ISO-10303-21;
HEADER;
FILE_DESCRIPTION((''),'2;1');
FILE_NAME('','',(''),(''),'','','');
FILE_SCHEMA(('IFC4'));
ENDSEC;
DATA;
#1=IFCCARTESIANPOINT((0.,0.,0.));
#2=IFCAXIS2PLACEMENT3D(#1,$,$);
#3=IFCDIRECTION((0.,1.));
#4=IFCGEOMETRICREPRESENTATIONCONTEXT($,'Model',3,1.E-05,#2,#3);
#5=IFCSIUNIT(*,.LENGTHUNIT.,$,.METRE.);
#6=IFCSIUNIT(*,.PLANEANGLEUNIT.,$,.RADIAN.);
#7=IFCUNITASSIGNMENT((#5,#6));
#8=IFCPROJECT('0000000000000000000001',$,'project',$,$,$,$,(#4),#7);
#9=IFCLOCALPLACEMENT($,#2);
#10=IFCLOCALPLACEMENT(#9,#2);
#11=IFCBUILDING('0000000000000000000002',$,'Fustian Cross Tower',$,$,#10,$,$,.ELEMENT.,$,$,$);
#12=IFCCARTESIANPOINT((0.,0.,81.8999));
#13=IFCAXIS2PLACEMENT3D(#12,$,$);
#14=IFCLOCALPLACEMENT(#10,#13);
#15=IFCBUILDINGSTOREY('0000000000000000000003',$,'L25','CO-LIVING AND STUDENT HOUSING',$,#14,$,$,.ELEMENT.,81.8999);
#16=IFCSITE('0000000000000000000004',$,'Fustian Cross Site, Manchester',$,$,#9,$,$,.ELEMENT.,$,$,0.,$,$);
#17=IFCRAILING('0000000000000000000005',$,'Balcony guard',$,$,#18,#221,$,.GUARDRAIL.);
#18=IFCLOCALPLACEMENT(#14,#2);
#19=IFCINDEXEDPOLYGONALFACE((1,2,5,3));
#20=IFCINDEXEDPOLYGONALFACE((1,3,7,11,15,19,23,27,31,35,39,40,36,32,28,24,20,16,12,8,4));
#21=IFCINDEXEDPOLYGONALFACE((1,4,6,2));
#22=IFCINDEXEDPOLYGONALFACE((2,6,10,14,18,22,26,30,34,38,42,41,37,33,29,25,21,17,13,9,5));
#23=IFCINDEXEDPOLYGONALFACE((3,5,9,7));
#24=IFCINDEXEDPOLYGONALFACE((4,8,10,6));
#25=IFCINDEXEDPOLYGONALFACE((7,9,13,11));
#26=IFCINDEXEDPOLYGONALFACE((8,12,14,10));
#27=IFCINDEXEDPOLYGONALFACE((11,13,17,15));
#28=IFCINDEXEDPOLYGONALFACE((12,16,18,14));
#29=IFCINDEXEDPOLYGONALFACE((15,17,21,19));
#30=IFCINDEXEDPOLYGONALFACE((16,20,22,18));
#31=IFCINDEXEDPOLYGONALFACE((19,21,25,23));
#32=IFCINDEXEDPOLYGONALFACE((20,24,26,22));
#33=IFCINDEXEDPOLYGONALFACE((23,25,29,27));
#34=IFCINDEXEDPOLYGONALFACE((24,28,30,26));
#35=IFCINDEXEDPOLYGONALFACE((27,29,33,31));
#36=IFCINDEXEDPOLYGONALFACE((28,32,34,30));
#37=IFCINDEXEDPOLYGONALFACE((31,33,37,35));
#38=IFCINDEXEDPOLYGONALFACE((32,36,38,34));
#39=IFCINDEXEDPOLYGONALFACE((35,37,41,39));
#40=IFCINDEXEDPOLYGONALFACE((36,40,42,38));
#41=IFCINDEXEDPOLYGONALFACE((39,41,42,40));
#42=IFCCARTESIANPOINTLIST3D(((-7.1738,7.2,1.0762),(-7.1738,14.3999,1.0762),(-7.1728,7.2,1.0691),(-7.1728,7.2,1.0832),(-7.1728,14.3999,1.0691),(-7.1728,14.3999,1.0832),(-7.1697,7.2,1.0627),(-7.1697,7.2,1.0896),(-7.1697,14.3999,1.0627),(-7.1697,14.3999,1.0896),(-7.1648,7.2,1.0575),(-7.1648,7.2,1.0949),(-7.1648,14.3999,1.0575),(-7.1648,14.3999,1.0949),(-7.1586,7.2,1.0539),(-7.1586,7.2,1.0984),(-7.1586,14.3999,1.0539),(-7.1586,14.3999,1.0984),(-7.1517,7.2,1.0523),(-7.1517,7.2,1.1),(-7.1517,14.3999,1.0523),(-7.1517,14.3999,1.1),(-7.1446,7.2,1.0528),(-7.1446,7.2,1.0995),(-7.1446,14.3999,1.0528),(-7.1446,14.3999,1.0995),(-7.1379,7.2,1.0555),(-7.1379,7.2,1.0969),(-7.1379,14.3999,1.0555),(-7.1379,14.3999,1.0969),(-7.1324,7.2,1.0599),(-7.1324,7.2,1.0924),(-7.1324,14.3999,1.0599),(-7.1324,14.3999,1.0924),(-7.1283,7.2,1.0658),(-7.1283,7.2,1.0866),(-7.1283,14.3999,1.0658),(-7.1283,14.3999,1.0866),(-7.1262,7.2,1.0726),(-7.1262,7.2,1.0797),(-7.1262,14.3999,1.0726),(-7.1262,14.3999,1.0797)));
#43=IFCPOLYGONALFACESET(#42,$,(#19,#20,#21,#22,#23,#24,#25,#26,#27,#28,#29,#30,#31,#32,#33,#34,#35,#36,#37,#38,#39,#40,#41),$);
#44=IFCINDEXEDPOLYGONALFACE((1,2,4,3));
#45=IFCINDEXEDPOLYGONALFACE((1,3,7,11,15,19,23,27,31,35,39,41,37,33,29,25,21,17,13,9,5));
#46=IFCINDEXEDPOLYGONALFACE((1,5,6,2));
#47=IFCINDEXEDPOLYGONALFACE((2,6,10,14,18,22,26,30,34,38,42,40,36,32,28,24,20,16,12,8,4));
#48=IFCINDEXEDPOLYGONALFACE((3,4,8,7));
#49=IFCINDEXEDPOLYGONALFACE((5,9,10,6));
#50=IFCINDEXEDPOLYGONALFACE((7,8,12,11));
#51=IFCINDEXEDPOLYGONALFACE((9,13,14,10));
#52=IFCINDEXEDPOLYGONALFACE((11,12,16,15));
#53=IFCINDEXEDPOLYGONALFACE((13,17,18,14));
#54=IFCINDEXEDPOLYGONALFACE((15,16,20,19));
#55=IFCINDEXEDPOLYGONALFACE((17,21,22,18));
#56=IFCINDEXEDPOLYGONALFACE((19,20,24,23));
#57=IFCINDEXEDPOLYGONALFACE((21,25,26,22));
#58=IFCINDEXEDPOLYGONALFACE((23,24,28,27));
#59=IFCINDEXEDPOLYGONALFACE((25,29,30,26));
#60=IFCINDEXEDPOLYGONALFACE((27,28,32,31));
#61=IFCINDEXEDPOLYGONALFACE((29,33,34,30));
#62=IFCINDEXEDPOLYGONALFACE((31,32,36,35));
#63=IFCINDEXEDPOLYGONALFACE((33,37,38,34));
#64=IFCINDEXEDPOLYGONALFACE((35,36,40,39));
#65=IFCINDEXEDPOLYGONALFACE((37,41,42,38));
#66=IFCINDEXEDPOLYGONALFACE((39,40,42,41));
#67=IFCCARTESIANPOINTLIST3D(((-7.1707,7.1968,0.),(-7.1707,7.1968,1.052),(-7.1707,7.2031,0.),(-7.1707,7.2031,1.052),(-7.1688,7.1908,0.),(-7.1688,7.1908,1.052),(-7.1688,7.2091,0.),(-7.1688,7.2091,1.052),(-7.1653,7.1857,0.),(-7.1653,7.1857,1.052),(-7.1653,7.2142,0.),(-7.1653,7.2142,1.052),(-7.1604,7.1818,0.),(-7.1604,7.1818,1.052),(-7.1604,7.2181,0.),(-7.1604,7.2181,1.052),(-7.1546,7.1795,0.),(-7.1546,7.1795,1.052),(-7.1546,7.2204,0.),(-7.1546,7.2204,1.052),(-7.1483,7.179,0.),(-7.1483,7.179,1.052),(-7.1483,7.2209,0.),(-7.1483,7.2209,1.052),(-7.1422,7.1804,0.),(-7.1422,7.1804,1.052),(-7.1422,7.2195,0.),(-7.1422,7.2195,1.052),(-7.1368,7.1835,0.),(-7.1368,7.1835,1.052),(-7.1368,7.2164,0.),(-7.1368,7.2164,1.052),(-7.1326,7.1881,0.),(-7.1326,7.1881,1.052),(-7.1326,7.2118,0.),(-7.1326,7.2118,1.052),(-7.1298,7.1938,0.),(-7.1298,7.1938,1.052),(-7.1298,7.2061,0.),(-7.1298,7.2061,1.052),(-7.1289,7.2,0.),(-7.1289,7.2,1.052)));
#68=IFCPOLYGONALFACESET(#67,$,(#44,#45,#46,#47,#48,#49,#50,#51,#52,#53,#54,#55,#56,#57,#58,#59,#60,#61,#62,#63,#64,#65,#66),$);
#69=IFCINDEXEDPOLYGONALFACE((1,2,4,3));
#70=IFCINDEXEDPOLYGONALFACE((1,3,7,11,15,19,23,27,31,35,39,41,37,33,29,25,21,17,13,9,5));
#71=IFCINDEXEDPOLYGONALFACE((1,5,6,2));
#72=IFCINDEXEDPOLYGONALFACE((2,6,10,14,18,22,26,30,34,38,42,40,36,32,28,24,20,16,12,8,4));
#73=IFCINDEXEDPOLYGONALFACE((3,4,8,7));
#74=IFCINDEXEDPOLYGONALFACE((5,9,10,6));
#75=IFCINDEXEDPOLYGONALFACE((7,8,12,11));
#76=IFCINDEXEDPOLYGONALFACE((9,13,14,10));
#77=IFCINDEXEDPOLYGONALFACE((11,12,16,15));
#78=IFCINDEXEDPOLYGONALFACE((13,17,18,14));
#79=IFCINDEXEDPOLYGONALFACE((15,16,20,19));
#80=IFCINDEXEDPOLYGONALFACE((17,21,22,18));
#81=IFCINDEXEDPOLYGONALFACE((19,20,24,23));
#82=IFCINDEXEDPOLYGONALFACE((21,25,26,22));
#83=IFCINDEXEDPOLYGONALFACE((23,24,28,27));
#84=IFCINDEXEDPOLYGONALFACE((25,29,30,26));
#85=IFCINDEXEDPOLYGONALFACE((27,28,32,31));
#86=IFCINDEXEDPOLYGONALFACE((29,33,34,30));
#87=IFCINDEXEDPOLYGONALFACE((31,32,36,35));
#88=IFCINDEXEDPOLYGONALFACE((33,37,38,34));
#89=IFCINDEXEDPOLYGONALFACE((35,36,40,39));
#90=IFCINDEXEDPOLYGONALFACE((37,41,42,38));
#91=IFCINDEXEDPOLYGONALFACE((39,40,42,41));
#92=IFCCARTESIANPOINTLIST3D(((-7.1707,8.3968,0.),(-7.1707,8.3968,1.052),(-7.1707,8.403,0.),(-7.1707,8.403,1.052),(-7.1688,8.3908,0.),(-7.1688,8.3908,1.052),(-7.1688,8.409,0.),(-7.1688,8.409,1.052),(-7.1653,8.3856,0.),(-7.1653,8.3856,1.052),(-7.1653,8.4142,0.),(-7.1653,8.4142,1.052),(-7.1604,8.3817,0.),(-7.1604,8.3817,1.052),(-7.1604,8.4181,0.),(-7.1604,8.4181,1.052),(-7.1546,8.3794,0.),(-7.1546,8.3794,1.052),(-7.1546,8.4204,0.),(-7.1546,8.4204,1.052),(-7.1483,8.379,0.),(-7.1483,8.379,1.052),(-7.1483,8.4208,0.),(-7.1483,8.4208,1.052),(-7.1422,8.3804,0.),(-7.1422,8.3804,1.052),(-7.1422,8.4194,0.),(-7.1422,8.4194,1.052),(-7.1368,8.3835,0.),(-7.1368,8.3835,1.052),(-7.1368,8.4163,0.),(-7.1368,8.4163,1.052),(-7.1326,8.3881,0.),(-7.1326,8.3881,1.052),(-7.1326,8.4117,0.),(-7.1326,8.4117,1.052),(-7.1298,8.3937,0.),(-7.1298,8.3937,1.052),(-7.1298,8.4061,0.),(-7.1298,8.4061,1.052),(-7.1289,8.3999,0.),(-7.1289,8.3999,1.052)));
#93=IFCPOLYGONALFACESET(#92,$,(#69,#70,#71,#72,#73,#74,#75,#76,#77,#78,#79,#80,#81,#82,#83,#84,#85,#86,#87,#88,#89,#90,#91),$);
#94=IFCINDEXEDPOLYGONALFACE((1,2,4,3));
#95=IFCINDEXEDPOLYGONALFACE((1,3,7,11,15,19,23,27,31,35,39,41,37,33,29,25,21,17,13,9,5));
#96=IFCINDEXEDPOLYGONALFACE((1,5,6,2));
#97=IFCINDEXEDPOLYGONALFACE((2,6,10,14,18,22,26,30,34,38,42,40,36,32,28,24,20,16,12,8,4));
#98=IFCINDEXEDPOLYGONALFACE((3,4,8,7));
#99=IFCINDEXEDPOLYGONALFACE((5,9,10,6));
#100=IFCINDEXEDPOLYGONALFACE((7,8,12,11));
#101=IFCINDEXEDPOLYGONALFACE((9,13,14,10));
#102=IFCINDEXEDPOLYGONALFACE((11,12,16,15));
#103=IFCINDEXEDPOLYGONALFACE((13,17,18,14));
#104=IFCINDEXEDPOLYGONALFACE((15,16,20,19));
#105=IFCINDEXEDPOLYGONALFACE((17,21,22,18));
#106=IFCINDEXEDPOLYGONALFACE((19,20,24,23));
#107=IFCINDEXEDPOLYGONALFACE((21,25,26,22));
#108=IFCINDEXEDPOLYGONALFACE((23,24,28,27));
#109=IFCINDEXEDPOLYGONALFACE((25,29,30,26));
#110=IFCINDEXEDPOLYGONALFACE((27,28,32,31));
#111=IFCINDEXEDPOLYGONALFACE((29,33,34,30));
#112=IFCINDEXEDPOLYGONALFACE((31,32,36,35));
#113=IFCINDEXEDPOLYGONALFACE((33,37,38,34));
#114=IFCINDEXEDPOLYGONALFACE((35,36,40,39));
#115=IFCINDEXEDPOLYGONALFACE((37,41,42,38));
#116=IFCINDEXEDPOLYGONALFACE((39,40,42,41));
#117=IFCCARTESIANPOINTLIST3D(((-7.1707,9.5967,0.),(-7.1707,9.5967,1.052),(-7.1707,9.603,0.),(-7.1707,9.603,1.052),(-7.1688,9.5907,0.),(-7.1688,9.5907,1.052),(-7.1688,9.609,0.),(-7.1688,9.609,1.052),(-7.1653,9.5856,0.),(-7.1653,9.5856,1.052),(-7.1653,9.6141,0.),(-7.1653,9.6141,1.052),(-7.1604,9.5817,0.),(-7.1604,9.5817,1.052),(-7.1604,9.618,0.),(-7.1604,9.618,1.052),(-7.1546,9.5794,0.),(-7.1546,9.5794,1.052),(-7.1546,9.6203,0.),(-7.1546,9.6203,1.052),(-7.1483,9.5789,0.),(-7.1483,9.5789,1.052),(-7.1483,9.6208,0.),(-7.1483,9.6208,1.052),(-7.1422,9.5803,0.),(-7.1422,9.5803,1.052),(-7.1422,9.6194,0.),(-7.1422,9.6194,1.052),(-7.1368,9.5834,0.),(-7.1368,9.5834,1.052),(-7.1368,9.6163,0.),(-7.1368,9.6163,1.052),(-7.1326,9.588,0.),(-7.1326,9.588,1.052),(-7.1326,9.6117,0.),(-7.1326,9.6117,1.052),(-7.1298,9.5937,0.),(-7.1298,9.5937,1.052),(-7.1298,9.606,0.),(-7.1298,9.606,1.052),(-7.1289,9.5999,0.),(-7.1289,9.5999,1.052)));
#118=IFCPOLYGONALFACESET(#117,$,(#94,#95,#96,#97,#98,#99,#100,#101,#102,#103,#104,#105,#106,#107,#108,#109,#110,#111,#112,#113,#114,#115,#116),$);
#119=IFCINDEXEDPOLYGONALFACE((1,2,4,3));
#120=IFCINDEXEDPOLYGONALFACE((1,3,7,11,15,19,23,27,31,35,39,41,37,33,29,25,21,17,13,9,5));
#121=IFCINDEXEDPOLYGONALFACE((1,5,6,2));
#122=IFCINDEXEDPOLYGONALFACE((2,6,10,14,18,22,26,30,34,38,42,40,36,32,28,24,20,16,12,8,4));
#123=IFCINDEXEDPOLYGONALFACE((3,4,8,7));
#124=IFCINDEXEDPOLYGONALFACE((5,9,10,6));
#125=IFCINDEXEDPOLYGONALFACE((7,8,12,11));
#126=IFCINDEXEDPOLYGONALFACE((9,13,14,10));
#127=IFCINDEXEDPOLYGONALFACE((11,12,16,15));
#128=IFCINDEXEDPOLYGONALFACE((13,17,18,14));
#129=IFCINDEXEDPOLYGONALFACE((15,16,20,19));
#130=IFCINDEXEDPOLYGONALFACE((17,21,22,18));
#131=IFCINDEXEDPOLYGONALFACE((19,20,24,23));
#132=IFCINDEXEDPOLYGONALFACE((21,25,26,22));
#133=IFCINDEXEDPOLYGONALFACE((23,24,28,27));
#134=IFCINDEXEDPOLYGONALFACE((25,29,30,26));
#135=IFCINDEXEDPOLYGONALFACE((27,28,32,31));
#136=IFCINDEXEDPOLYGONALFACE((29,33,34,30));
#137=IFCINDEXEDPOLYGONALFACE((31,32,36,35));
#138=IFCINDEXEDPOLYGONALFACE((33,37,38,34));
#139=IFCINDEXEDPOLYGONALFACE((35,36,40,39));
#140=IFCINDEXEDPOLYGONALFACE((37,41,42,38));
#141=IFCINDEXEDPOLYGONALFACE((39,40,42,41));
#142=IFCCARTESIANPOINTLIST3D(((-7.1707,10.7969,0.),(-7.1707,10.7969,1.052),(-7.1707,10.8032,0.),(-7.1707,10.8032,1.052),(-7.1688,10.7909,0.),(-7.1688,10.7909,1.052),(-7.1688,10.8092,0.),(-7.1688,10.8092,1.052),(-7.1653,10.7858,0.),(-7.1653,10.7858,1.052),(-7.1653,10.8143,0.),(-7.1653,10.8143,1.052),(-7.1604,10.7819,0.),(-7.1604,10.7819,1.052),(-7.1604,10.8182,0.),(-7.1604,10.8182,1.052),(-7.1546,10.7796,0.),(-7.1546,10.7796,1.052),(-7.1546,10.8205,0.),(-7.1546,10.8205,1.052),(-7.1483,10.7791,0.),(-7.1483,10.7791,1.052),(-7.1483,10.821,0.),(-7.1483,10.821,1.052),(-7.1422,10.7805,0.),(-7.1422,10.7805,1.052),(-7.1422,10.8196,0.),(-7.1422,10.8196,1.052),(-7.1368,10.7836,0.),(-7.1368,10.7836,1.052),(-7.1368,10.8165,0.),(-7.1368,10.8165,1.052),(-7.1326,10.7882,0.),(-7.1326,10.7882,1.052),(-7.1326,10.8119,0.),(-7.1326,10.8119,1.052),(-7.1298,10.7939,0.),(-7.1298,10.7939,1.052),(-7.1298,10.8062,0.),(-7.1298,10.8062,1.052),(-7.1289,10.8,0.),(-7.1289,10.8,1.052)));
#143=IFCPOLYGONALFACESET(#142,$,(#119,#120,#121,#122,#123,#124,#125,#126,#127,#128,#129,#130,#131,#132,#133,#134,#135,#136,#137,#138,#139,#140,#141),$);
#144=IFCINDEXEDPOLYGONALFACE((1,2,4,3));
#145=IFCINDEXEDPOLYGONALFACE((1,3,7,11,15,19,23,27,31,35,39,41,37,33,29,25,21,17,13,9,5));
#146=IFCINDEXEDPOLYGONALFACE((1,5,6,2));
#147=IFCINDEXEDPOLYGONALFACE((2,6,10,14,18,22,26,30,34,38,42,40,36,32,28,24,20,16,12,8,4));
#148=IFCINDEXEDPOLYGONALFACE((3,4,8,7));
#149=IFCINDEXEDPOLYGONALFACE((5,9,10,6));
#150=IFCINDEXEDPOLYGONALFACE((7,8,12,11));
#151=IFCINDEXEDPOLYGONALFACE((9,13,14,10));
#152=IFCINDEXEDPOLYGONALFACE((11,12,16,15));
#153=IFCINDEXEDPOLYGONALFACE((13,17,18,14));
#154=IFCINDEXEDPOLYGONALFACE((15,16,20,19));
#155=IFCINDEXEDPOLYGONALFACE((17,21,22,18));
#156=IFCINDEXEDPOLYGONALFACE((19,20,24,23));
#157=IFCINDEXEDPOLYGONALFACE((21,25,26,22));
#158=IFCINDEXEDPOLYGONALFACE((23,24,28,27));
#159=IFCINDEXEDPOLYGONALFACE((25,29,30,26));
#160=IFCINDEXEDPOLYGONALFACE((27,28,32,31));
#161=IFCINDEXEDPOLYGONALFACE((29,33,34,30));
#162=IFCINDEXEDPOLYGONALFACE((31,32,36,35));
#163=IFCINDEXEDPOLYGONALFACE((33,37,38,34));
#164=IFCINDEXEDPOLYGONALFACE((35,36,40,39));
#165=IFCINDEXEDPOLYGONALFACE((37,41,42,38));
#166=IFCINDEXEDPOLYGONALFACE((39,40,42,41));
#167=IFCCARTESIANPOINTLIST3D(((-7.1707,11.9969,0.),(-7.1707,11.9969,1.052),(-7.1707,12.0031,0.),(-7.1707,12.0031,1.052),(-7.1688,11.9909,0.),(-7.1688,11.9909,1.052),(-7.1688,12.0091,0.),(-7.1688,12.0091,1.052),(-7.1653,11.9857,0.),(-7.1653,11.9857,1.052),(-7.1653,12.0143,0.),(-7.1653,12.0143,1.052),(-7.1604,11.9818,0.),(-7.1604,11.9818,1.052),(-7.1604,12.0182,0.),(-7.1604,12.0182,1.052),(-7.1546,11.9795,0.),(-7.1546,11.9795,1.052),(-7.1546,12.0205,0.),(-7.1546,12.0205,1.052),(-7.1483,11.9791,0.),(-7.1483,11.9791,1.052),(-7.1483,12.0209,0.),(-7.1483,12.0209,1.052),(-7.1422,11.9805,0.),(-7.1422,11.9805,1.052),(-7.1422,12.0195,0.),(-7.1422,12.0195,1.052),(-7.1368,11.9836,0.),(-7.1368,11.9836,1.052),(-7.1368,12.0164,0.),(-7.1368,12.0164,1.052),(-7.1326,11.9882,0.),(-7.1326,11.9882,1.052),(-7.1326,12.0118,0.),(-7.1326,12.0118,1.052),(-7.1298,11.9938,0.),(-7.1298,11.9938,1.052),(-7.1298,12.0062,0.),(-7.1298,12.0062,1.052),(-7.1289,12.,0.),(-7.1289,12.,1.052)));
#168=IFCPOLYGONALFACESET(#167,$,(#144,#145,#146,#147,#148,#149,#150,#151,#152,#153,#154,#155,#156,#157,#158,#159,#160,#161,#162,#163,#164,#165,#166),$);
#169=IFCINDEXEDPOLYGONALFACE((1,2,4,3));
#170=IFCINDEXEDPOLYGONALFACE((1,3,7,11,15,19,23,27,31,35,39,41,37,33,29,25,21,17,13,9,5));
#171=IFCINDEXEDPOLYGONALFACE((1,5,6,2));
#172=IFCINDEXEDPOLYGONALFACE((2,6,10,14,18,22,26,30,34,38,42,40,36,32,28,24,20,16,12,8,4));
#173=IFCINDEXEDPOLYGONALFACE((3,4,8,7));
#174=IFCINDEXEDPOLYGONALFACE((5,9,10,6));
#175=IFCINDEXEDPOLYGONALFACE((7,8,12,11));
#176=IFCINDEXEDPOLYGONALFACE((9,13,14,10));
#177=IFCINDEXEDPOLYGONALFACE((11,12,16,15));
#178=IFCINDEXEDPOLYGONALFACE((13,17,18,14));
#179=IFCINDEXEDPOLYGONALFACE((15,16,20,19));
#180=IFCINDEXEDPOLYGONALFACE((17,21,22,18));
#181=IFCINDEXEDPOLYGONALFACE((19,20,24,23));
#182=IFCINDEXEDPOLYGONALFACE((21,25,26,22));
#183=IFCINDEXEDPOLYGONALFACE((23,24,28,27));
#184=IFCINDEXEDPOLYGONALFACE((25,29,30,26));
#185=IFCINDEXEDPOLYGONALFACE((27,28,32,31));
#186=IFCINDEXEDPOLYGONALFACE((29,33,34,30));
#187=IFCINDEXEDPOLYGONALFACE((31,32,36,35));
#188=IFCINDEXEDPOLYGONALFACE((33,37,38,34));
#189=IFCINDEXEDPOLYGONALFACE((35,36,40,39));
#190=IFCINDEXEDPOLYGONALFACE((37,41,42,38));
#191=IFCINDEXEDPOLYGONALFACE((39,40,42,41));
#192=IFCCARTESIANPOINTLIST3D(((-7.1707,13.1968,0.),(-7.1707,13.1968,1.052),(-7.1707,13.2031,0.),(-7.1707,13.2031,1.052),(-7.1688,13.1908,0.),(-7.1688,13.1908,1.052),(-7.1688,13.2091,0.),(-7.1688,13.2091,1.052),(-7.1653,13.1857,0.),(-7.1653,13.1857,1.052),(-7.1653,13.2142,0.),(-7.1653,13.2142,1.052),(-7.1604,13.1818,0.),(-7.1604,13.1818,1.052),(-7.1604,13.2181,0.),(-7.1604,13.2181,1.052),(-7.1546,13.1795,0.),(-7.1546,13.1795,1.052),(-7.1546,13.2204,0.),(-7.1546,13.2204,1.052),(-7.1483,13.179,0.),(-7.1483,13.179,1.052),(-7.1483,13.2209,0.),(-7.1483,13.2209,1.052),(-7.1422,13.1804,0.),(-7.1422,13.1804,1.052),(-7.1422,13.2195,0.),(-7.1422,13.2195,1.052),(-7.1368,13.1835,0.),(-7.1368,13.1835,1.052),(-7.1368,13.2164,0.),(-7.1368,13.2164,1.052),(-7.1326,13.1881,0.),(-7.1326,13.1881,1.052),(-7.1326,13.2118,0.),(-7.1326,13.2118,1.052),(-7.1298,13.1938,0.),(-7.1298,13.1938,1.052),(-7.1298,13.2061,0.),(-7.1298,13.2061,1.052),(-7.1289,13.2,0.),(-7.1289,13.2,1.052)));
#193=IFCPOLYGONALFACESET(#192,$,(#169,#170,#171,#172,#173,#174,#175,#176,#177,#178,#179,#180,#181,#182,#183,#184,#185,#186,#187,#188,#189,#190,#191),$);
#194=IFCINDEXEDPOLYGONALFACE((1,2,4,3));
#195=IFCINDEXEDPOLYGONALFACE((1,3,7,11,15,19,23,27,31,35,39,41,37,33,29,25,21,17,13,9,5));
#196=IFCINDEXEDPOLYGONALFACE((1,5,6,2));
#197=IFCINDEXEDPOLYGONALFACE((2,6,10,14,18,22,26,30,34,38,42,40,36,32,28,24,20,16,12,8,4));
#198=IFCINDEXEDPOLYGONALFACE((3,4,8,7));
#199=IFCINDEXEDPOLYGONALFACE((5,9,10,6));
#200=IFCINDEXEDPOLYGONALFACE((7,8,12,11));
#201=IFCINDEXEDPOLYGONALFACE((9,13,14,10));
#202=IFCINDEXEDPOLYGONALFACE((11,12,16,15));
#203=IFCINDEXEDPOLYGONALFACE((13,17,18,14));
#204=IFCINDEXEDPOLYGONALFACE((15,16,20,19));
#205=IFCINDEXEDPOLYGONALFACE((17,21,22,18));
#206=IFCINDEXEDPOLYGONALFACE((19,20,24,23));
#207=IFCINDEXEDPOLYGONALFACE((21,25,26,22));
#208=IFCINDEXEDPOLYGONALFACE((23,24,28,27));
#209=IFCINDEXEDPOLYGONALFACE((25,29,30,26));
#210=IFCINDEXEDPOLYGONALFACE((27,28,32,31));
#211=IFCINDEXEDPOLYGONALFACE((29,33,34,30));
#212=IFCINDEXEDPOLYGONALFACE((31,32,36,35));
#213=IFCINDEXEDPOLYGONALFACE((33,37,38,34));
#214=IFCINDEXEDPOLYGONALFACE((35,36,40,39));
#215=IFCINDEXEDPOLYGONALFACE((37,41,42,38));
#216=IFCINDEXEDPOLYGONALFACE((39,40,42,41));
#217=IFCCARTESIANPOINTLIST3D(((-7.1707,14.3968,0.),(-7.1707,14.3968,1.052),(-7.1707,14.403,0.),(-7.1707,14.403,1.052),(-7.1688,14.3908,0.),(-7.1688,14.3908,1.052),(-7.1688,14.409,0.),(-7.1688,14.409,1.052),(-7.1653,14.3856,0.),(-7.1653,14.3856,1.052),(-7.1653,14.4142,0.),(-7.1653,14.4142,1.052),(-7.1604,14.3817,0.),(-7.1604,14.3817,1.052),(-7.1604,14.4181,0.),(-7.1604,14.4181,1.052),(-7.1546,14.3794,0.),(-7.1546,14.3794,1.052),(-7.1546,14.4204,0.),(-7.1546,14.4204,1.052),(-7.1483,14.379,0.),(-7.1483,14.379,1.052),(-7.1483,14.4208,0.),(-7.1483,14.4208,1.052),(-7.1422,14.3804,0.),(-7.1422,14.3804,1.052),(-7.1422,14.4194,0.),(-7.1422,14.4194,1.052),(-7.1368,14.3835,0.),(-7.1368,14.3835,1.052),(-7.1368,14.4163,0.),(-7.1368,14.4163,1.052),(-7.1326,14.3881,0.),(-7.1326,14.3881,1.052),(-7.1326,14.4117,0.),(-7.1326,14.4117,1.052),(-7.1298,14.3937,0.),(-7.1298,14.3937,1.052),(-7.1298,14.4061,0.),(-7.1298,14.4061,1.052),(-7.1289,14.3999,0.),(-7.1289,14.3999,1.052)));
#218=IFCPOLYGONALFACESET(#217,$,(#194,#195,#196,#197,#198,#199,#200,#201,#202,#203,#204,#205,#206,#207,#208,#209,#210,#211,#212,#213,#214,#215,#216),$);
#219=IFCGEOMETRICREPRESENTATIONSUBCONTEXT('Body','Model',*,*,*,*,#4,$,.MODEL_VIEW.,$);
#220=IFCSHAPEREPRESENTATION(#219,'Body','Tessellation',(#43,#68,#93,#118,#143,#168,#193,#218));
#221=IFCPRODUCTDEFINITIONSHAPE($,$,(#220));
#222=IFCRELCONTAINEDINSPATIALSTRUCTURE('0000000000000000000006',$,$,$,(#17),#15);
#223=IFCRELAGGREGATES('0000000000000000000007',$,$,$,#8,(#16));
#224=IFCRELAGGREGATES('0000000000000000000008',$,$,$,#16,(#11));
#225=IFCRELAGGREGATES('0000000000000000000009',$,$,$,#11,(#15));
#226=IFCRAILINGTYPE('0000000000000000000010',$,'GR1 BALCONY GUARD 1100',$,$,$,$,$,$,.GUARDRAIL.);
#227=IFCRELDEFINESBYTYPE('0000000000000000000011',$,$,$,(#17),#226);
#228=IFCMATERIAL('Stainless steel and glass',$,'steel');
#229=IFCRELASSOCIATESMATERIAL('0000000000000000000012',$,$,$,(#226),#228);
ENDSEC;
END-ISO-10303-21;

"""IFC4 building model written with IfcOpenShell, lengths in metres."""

from ifc_helpers import new_model, si_unit, direction, frame, origin, origin_2d, place, context, subcontext, project, spatial, circle, extrude, material, type_object, element, save


model = new_model("IFC4")

# Units and contexts
model_context = context("Model", 3, precision=1e-05, world=origin(), true_north=direction((0.0, 1.0)))
body_context = subcontext(model_context, "Body", "Model", "MODEL_VIEW")
ifc_project = project(units=[si_unit("LENGTHUNIT", "METRE"), si_unit("PLANEANGLEUNIT", "RADIAN")], contexts=[model_context])

# Site, building, storey
site_placement = place(None, origin())
site = spatial("IfcSite", under=ifc_project, at=site_placement, Name="Fustian Cross Site, Manchester", CompositionType="ELEMENT", RefElevation=0.0)
building_placement = place(site_placement, origin())
building = spatial("IfcBuilding", under=site, at=building_placement, Name="Fustian Cross Tower", CompositionType="ELEMENT")
storey_placement = place(building_placement, frame((0.0, 0.0, 81.8999)))
storey = spatial("IfcBuildingStorey", under=building, at=storey_placement, Name="L25", Description="CO-LIVING AND STUDENT HOUSING", CompositionType="ELEMENT", Elevation=81.8999)

# Railing
ifc_material_1 = material(Name="Stainless steel and glass", Category="steel")
railing_type = type_object("IfcRailingType", Name="GR1 BALCONY GUARD 1100", PredefinedType="GUARDRAIL", material=ifc_material_1)
railing_placement = place(storey_placement, frame((-7.1499, 7.2, 0.0)))
element("IfcRailing", 1, at=railing_placement, inside=storey, type_object=railing_type, Name="Balcony guard", PredefinedType="GUARDRAIL", context=body_context, shape_type="SweptSolid", body=[
    extrude(circle(Radius=0.0239, at=origin_2d()), frame((0.0, 0.0, 1.0762), z_axis=(0.0, 1.0, 0.0), x_axis=(-1.0, 0.0, 0.0)), (0.0, 0.0, 1.0), 7.2),
    extrude(circle(Radius=0.021, at=origin_2d()), origin(), (0.0, 0.0, 1.0), 1.052),
    extrude(circle(Radius=0.021, at=origin_2d()), frame((0.0, 1.2, 0.0)), (0.0, 0.0, 1.0), 1.052),
    extrude(circle(Radius=0.021, at=origin_2d()), frame((0.0, 2.3999, 0.0)), (0.0, 0.0, 1.0), 1.052),
    extrude(circle(Radius=0.021, at=origin_2d()), frame((0.0, 3.6001, 0.0)), (0.0, 0.0, 1.0), 1.052),
    extrude(circle(Radius=0.021, at=origin_2d()), frame((0.0, 4.8, 0.0)), (0.0, 0.0, 1.0), 1.052),
    extrude(circle(Radius=0.021, at=origin_2d()), frame((0.0, 6.0, 0.0)), (0.0, 0.0, 1.0), 1.052),
    extrude(circle(Radius=0.021, at=origin_2d()), frame((0.0, 7.2, 0.0)), (0.0, 0.0, 1.0), 1.052),
])

save(model, "model.ifc")
